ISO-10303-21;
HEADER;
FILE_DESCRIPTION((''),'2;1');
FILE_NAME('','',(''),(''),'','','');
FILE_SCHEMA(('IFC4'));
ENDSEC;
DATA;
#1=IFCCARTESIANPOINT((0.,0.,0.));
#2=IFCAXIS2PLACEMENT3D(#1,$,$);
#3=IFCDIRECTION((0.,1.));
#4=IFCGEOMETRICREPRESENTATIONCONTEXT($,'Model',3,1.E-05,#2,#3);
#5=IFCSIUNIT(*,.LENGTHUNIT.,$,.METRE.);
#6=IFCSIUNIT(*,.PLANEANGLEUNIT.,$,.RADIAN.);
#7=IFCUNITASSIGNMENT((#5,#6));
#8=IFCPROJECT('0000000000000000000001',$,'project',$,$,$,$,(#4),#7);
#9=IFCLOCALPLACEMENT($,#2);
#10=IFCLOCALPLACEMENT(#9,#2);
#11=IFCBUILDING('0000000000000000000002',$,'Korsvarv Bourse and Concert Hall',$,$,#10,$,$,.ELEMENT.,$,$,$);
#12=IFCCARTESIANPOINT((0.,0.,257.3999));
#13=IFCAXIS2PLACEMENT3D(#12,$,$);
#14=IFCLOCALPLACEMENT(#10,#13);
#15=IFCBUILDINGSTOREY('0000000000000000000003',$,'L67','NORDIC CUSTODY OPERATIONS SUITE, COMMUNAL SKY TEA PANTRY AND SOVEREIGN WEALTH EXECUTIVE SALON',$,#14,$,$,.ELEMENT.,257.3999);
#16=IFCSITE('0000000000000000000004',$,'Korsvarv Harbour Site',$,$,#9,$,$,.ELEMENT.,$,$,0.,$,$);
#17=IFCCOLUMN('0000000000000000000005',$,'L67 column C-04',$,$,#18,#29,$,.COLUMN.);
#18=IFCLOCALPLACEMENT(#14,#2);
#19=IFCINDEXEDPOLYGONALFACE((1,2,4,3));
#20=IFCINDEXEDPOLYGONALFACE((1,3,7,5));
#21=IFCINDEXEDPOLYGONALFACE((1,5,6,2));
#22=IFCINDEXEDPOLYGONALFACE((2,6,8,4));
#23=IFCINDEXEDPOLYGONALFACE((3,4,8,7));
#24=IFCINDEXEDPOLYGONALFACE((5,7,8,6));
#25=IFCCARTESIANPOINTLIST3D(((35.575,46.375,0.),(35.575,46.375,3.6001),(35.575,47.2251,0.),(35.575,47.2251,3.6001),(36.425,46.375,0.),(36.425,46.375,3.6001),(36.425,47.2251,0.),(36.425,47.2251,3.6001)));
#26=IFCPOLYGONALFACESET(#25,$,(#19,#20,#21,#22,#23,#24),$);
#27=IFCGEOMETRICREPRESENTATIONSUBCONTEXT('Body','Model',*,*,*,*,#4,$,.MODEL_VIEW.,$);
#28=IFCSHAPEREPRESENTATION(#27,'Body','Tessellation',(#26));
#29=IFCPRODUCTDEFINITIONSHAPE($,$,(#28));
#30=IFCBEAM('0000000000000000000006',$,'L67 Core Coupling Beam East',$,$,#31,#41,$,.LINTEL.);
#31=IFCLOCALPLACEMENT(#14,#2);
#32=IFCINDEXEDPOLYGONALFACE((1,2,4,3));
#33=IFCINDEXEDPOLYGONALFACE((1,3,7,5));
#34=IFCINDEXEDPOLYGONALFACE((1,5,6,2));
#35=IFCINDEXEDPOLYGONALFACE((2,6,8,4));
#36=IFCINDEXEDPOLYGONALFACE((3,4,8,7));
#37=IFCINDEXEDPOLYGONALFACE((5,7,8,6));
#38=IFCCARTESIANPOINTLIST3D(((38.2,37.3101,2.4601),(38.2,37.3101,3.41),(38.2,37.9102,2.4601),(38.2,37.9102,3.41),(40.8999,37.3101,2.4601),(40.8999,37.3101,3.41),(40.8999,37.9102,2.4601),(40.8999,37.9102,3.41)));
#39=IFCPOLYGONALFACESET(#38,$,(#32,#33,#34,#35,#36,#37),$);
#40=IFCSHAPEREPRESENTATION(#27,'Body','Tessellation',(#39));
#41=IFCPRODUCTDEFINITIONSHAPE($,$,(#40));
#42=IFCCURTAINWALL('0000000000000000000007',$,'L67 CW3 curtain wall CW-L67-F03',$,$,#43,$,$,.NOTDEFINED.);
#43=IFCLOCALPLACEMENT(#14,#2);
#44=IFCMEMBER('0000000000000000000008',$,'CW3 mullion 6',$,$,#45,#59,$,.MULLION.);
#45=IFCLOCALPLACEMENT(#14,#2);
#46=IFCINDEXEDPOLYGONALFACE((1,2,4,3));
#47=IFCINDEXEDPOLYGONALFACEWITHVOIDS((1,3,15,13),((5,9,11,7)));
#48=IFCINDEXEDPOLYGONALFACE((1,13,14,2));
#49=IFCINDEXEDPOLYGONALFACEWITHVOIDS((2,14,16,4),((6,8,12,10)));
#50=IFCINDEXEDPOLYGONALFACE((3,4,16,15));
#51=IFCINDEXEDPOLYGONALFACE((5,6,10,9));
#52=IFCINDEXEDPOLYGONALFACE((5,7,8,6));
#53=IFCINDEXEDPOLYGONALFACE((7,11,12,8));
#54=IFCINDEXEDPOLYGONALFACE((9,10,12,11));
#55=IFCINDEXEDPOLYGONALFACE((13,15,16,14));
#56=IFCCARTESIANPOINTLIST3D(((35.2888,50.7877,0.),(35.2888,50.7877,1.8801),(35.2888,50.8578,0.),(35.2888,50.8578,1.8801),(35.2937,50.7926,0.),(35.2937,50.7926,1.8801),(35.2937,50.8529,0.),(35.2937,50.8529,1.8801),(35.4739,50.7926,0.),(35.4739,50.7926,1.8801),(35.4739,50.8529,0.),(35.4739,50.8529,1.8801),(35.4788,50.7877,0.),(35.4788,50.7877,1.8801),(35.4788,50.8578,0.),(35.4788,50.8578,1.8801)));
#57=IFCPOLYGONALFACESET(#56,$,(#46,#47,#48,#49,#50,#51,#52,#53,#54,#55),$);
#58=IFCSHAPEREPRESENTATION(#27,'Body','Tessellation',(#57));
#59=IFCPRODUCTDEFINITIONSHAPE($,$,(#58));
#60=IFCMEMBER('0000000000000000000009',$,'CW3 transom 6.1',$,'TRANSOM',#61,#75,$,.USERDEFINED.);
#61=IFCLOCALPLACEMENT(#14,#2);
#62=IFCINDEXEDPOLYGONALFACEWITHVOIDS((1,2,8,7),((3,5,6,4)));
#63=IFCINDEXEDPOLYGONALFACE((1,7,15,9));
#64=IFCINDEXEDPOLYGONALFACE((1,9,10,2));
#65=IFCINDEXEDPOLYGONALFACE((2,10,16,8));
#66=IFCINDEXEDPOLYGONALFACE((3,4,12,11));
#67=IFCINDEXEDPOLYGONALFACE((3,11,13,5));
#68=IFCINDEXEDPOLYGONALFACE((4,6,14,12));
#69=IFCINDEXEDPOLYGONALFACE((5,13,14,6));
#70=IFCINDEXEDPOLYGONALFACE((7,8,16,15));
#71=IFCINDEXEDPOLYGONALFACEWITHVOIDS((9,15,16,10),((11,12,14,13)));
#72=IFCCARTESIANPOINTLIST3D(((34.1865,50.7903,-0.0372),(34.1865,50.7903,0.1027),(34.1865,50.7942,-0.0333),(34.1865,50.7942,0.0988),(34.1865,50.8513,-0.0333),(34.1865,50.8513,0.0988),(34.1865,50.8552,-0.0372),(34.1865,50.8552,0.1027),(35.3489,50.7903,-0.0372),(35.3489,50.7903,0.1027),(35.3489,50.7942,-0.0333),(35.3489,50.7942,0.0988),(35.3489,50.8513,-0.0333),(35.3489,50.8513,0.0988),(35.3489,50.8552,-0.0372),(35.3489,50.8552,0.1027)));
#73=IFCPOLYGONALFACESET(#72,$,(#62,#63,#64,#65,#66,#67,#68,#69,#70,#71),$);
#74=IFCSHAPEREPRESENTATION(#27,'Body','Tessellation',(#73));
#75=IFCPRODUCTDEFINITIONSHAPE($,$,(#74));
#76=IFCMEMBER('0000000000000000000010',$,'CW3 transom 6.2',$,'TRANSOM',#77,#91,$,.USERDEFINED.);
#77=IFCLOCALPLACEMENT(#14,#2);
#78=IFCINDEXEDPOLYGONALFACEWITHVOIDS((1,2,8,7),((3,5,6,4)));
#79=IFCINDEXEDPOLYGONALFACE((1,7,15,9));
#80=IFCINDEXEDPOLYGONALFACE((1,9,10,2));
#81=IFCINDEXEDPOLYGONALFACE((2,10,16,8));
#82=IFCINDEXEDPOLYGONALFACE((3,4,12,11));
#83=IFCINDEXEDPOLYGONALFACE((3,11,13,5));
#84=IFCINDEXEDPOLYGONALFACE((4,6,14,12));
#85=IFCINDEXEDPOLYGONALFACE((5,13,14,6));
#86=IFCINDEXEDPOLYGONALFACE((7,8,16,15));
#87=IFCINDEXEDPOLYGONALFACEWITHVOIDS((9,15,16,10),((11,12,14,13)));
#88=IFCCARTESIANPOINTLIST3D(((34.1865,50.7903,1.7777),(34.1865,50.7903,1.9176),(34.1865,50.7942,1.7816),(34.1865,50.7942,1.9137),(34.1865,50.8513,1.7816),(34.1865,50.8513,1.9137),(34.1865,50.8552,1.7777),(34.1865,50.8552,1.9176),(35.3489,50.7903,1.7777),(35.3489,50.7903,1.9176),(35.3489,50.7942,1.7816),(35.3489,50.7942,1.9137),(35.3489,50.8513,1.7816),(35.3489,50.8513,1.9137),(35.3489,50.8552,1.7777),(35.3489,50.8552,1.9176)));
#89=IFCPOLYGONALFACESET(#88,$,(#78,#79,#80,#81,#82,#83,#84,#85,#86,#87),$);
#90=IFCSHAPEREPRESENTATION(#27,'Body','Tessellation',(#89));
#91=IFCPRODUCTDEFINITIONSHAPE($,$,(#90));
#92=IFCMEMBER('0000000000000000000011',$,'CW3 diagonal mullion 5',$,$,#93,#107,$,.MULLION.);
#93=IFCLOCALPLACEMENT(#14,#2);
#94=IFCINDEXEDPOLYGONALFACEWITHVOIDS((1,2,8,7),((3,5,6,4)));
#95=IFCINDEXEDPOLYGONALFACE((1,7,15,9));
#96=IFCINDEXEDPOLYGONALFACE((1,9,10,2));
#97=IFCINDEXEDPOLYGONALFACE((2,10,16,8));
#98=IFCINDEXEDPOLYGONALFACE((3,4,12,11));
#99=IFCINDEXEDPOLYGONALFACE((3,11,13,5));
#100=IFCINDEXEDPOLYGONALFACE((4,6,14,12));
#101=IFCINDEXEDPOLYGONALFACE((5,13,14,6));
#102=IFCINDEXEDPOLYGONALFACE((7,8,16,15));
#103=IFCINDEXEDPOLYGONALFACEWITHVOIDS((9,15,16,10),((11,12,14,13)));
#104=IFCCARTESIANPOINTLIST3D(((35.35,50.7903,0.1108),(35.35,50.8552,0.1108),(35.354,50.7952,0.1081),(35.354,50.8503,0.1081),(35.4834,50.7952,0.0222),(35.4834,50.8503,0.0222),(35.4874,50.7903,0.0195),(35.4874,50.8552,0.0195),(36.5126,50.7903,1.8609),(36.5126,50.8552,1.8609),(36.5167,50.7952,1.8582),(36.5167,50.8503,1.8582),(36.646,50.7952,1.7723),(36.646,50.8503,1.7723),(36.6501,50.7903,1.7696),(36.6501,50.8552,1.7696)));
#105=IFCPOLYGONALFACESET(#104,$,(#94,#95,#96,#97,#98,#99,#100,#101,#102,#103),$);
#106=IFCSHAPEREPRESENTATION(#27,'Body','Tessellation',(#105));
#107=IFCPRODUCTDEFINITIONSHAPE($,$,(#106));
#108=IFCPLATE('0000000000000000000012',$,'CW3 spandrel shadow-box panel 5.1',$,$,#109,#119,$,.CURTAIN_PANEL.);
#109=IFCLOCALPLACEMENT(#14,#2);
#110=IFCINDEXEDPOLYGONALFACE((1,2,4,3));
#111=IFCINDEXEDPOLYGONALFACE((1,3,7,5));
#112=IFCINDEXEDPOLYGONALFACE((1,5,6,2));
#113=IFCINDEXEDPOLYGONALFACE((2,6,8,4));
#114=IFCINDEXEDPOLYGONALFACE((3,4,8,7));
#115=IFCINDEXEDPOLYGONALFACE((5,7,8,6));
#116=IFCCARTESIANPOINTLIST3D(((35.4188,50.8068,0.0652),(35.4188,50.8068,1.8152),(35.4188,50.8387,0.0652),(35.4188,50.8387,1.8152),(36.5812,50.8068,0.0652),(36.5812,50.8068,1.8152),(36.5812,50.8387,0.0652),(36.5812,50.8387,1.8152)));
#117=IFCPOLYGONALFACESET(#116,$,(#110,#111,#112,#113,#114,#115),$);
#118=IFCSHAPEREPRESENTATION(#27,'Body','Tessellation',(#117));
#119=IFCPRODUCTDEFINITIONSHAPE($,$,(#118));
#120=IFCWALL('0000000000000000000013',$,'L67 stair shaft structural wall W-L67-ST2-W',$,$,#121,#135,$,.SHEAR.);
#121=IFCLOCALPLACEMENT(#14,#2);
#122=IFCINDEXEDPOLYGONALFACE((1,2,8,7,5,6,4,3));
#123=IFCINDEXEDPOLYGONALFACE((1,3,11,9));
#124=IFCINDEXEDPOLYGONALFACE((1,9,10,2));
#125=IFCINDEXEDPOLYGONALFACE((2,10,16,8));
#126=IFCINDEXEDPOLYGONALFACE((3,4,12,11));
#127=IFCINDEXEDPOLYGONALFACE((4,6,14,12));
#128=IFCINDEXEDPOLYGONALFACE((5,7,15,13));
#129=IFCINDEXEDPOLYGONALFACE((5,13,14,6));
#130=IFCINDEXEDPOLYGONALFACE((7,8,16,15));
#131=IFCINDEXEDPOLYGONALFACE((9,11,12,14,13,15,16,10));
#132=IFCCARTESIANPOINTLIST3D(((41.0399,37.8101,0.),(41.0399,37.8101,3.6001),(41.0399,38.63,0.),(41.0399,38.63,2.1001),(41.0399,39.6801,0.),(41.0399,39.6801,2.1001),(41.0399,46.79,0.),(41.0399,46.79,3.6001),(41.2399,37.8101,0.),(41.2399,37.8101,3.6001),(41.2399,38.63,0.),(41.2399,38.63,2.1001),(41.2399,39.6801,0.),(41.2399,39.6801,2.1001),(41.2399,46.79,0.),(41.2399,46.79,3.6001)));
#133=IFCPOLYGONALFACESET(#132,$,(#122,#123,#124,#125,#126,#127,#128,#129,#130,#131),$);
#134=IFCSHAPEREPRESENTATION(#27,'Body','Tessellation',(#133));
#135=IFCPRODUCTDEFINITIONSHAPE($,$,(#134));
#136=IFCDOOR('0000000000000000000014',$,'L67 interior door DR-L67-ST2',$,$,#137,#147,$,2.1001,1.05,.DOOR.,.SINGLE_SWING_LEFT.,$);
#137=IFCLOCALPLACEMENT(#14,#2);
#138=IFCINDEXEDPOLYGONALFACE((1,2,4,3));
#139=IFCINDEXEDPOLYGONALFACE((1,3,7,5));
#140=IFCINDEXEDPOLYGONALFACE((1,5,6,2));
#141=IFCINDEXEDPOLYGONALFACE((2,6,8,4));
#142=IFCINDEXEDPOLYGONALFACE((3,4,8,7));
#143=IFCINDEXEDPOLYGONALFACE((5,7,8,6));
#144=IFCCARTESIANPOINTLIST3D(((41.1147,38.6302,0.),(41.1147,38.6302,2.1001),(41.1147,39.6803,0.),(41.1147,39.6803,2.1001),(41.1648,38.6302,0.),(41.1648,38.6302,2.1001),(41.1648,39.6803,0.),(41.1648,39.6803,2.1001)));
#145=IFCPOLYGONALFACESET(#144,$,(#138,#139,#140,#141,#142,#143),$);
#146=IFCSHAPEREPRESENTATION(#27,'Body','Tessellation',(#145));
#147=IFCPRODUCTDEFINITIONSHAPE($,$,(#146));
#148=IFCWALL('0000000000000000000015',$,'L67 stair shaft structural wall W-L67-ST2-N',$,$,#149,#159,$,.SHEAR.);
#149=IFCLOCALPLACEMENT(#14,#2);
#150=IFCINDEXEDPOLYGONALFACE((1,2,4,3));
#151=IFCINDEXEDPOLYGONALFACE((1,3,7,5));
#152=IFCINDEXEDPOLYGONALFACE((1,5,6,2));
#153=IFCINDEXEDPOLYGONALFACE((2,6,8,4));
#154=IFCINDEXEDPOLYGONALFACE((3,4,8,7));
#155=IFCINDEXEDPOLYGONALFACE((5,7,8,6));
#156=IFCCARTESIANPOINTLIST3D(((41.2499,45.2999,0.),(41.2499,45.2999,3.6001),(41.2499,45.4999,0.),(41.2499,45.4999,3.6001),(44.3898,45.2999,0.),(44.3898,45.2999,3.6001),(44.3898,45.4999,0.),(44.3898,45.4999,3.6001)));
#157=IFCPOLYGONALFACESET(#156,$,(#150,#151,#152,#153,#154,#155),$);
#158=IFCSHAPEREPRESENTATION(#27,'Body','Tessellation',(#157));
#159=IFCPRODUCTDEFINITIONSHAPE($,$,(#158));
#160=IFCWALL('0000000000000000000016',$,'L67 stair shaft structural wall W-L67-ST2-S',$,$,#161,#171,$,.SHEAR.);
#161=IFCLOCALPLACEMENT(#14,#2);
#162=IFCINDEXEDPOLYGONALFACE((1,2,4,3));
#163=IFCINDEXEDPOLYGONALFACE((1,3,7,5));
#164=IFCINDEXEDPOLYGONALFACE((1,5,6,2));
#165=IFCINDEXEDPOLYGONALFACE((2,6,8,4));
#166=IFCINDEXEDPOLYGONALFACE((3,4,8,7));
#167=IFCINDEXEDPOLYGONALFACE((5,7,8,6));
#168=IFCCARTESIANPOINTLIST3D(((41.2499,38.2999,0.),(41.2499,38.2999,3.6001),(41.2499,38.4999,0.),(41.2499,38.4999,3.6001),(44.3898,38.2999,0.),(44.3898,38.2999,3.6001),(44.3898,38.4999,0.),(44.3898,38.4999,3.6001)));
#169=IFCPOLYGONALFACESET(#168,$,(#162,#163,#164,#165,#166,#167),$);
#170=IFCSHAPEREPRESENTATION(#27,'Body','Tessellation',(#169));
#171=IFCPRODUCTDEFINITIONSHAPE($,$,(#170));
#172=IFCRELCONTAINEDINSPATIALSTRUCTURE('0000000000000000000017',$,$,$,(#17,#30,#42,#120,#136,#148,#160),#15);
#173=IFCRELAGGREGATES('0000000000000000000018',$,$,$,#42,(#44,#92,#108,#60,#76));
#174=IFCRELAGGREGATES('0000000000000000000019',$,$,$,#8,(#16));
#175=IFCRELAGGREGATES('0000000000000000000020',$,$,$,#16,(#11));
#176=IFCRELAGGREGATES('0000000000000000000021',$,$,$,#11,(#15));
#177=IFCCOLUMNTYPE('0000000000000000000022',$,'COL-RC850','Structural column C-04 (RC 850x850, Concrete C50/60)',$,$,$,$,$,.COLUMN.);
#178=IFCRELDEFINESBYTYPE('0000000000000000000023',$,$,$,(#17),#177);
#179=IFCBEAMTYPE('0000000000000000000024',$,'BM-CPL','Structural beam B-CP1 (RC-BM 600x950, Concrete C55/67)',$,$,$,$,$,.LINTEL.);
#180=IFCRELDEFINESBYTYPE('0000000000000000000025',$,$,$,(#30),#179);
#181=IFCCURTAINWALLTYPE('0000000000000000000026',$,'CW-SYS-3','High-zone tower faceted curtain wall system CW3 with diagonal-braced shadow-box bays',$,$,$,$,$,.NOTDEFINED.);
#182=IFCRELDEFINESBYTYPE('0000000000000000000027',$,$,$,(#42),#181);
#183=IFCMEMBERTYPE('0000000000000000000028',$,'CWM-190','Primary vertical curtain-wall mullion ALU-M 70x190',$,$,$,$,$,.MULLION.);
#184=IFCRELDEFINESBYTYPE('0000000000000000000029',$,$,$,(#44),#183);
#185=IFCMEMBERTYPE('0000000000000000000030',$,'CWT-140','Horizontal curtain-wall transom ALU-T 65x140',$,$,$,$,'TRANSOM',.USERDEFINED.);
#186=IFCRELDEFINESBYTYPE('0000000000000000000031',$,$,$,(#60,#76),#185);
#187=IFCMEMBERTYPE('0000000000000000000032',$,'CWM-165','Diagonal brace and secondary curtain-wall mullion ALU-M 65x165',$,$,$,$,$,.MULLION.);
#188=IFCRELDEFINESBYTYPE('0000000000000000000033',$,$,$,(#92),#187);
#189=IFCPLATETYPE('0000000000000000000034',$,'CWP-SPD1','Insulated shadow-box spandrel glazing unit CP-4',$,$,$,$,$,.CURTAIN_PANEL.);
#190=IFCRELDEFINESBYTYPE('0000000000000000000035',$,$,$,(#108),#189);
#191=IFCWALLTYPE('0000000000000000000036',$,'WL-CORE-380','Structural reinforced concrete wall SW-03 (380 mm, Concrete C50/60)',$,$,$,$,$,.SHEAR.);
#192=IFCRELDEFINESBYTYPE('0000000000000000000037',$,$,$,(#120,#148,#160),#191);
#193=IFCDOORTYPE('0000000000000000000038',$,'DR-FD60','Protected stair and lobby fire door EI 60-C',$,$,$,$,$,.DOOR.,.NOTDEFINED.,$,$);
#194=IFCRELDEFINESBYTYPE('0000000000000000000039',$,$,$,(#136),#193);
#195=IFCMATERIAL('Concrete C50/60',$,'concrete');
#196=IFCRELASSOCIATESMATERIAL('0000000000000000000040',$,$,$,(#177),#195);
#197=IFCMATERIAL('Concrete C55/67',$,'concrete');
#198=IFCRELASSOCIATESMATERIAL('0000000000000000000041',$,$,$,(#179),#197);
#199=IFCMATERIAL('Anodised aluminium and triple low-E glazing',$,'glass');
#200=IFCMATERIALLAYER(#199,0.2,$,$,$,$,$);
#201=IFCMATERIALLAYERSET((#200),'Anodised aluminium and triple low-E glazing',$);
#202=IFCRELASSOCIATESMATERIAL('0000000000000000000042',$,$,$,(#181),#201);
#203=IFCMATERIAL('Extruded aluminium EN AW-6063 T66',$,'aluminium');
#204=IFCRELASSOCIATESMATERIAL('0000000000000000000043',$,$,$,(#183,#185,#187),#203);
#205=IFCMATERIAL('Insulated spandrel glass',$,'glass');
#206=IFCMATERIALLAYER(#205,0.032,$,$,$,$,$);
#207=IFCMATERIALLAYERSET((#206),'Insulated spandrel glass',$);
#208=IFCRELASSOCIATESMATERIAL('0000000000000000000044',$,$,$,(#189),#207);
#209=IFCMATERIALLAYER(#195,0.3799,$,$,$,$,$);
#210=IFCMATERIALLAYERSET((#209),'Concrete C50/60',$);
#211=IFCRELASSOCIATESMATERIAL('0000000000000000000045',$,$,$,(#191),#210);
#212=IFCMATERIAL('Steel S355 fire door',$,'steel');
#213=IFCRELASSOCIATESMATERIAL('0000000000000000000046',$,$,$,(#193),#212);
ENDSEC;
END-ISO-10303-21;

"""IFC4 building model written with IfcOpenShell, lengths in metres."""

from ifc_helpers import new_model, si_unit, direction, frame, frame_2d, origin, origin_2d, place, context, subcontext, project, spatial, rectangle, hollow_rectangle, extrude, source, transform, mapped, material, layer, layer_set, material_profile, profile_set, type_object, element, fill, aggregate, save


model = new_model("IFC4")

# Units and contexts
model_context = context("Model", 3, precision=1e-05, world=origin(), true_north=direction((0.0, 1.0)))
body_context = subcontext(model_context, "Body", "Model", "MODEL_VIEW")
ifc_project = project(units=[si_unit("LENGTHUNIT", "METRE"), si_unit("PLANEANGLEUNIT", "RADIAN")], contexts=[model_context])

# Site, building, storey
site_placement = place(None, origin())
site = spatial("IfcSite", under=ifc_project, at=site_placement, Name="Korsvarv Harbour Site", CompositionType="ELEMENT", RefElevation=0.0)
building_placement = place(site_placement, origin())
building = spatial("IfcBuilding", under=site, at=building_placement, Name="Korsvarv Bourse and Concert Hall", CompositionType="ELEMENT")
storey_placement = place(building_placement, frame((0.0, 0.0, 257.3999)))
storey = spatial("IfcBuildingStorey", under=building, at=storey_placement, Name="L67", Description="NORDIC CUSTODY OPERATIONS SUITE, COMMUNAL SKY TEA PANTRY AND SOVEREIGN WEALTH EXECUTIVE SALON", CompositionType="ELEMENT", Elevation=257.3999)

# Column
ifc_material_1 = material(Name="Concrete C50/60", Category="concrete")
ifc_material_profile_1 = material_profile(ifc_material_1, rectangle(XDim=0.8501, YDim=0.8501, at=origin_2d()), Name="RC 850x850")
ifc_profile_set_1 = profile_set([ifc_material_profile_1], Name="Concrete C50/60")
column_type = type_object("IfcColumnType", Name="COL-RC850", Description="Structural column C-04 (RC 850x850, Concrete C50/60)", PredefinedType="COLUMN", material=ifc_profile_set_1)
shared_shape_1 = source(origin(), body_context, "Body", "SweptSolid", [
    extrude(rectangle(XDim=0.8501, YDim=0.8501, at=origin_2d()), origin(), (0.0, 0.0, 1.0), 3.6001),
])
column_placement = place(storey_placement, frame((36.0, 46.8, 0.0), z_axis=(0.0, 0.0, 1.0), x_axis=(1.0, 0.0, 0.0)))
element("IfcColumn", 1, at=column_placement, inside=storey, type_object=column_type, Name="L67 column C-04", PredefinedType="COLUMN", context=body_context, shape_type="MappedRepresentation", body=[
    mapped(shared_shape_1, transform((0.0, 0.0, 0.0), scale=1.0)),
])

# Beam
ifc_material_2 = material(Name="Concrete C55/67", Category="concrete")
ifc_material_profile_2 = material_profile(ifc_material_2, rectangle(XDim=0.6001, YDim=0.95, at=origin_2d()), Name="RC-BM 600x950")
ifc_profile_set_2 = profile_set([ifc_material_profile_2], Name="Concrete C55/67")
beam_type = type_object("IfcBeamType", Name="BM-CPL", Description="Structural beam B-CP1 (RC-BM 600x950, Concrete C55/67)", PredefinedType="LINTEL", material=ifc_profile_set_2)
shared_shape_2 = source(origin(), body_context, "Body", "SweptSolid", [
    extrude(rectangle(XDim=0.6001, YDim=0.95, at=origin_2d()), origin(), (0.0, 0.0, 1.0), 2.7),
])
beam_placement = place(storey_placement, frame((38.2, 37.6101, 2.9351), z_axis=(1.0, 0.0, 0.0), x_axis=(0.0, 1.0, 0.0)))
element("IfcBeam", 2, at=beam_placement, inside=storey, type_object=beam_type, Name="L67 Core Coupling Beam East", PredefinedType="LINTEL", context=body_context, shape_type="MappedRepresentation", body=[
    mapped(shared_shape_2, transform((0.0, 0.0, 0.0), scale=1.0)),
])

# Curtain wall, members, plate
ifc_material_3 = material(Name="Anodised aluminium and triple low-E glazing", Category="glass")
ifc_layer_1 = layer(ifc_material_3, 0.2)
ifc_layer_set_1 = layer_set([ifc_layer_1], Name="Anodised aluminium and triple low-E glazing")
curtain_wall_type = type_object("IfcCurtainWallType", Name="CW-SYS-3", Description="High-zone tower faceted curtain wall system CW3 with diagonal-braced shadow-box bays", PredefinedType="NOTDEFINED", material=ifc_layer_set_1)
curtain_wall_placement = place(storey_placement, origin())
curtain_wall = element("IfcCurtainWall", 3, at=curtain_wall_placement, inside=storey, type_object=curtain_wall_type, Name="L67 CW3 curtain wall CW-L67-F03", PredefinedType="NOTDEFINED")
ifc_material_4 = material(Name="Extruded aluminium EN AW-6063 T66", Category="aluminium")
ifc_material_profile_3 = material_profile(ifc_material_4, hollow_rectangle(XDim=0.0701, YDim=0.1899, WallThickness=0.0049, at=origin_2d()), Name="ALU-M 70x190")
ifc_profile_set_3 = profile_set([ifc_material_profile_3], Name="Extruded aluminium EN AW-6063 T66")
member_type_1 = type_object("IfcMemberType", Name="CWM-190", Description="Primary vertical curtain-wall mullion ALU-M 70x190", PredefinedType="MULLION", material=ifc_profile_set_3)
shared_shape_3 = source(origin(), body_context, "Body", "SweptSolid", [
    extrude(hollow_rectangle(XDim=0.0701, YDim=0.1899, WallThickness=0.0049, at=origin_2d()), origin(), (0.0, 0.0, 1.0), 1.8801),
])
member_1_placement = place(storey_placement, frame((35.3838, 50.8228, 0.0), z_axis=(0.0, 0.0, 1.0), x_axis=(0.0, -1.0, 0.0)))
member_1 = element("IfcMember", 4, at=member_1_placement, type_object=member_type_1, Name="CW3 mullion 6", PredefinedType="MULLION", context=body_context, shape_type="MappedRepresentation", body=[
    mapped(shared_shape_3, transform((0.0, 0.0, 0.0), scale=1.0)),
])
ifc_material_profile_4 = material_profile(ifc_material_4, hollow_rectangle(XDim=0.0649, YDim=0.1399, WallThickness=0.0039, at=origin_2d()), Name="ALU-T 65x140")
ifc_profile_set_4 = profile_set([ifc_material_profile_4], Name="Extruded aluminium EN AW-6063 T66")
member_type_2 = type_object("IfcMemberType", Name="CWT-140", Description="Horizontal curtain-wall transom ALU-T 65x140", ElementType="TRANSOM", PredefinedType="USERDEFINED", material=ifc_profile_set_4)
shared_shape_4 = source(origin(), body_context, "Body", "SweptSolid", [
    extrude(hollow_rectangle(XDim=0.0649, YDim=0.1399, WallThickness=0.0039, at=origin_2d()), origin(), (0.0, 0.0, 1.0), 1.1624),
])
member_2_placement = place(storey_placement, frame((35.3489, 50.8228, 0.0327), z_axis=(-1.0, 0.0, 0.0), x_axis=(0.0, -1.0, 0.0)))
member_2 = element("IfcMember", 5, at=member_2_placement, type_object=member_type_2, Name="CW3 transom 6.1", ObjectType="TRANSOM", PredefinedType="USERDEFINED", context=body_context, shape_type="MappedRepresentation", body=[
    mapped(shared_shape_4, transform((0.0, 0.0, 0.0), scale=1.0)),
])
member_3_placement = place(storey_placement, frame((35.3489, 50.8228, 1.8477), z_axis=(-1.0, 0.0, 0.0), x_axis=(0.0, -1.0, 0.0)))
member_3 = element("IfcMember", 6, at=member_3_placement, type_object=member_type_2, Name="CW3 transom 6.2", ObjectType="TRANSOM", PredefinedType="USERDEFINED", context=body_context, shape_type="MappedRepresentation", body=[
    mapped(shared_shape_4, transform((0.0, 0.0, 0.0), scale=1.0)),
])
ifc_material_profile_5 = material_profile(ifc_material_4, hollow_rectangle(XDim=0.0649, YDim=0.165, WallThickness=0.0049, at=origin_2d()), Name="ALU-M 65x165")
ifc_profile_set_5 = profile_set([ifc_material_profile_5], Name="Extruded aluminium EN AW-6063 T66")
member_type_3 = type_object("IfcMemberType", Name="CWM-165", Description="Diagonal brace and secondary curtain-wall mullion ALU-M 65x165", PredefinedType="MULLION", material=ifc_profile_set_5)
shared_shape_5 = source(origin(), body_context, "Body", "SweptSolid", [
    extrude(hollow_rectangle(XDim=0.0649, YDim=0.165, WallThickness=0.0049, at=origin_2d()), origin(), (0.0, 0.0, 1.0), 2.1011),
])
member_4_placement = place(storey_placement, frame((35.4187, 50.8228, 0.0652), z_axis=(0.553359, 0.0, 0.832943), x_axis=(0.0, 1.0, 0.0)))
member_4 = element("IfcMember", 7, at=member_4_placement, type_object=member_type_3, Name="CW3 diagonal mullion 5", PredefinedType="MULLION", context=body_context, shape_type="MappedRepresentation", body=[
    mapped(shared_shape_5, transform((0.0, 0.0, 0.0), scale=1.0)),
])
ifc_material_5 = material(Name="Insulated spandrel glass", Category="glass")
ifc_layer_2 = layer(ifc_material_5, 0.032)
ifc_layer_set_2 = layer_set([ifc_layer_2], Name="Insulated spandrel glass")
plate_type = type_object("IfcPlateType", Name="CWP-SPD1", Description="Insulated shadow-box spandrel glazing unit CP-4", PredefinedType="CURTAIN_PANEL", material=ifc_layer_set_2)
shared_shape_6 = source(origin(), body_context, "Body", "SweptSolid", [
    extrude(rectangle(XDim=1.1624, YDim=0.032, at=origin_2d()), origin(), (0.0, 0.0, 1.0), 1.75),
])
plate_placement = place(storey_placement, frame((36.0, 50.8228, 0.0652), z_axis=(0.0, 0.0, 1.0), x_axis=(-1.0, 0.0, 0.0)))
plate = element("IfcPlate", 8, at=plate_placement, type_object=plate_type, Name="CW3 spandrel shadow-box panel 5.1", PredefinedType="CURTAIN_PANEL", context=body_context, shape_type="MappedRepresentation", body=[
    mapped(shared_shape_6, transform((0.0, 0.0, 0.0), scale=1.0)),
])
aggregate(curtain_wall, [member_1, member_4, plate, member_2, member_3])

# Wall, opening, door
ifc_layer_3 = layer(ifc_material_1, 0.3799)
ifc_layer_set_3 = layer_set([ifc_layer_3], Name="Concrete C50/60")
wall_type_1 = type_object("IfcWallType", Name="WL-CORE-380", Description="Structural reinforced concrete wall SW-03 (380 mm, Concrete C50/60)", PredefinedType="SHEAR", material=ifc_layer_set_3)
wall_1_placement = place(storey_placement, frame((41.1399, 37.8101, 0.0), z_axis=(0.0, 0.0, 1.0), x_axis=(0.0, 1.0, 0.0)))
wall_1 = element("IfcWall", 9, at=wall_1_placement, inside=storey, type_object=wall_type_1, Name="L67 stair shaft structural wall W-L67-ST2-W", PredefinedType="SHEAR", context=body_context, shape_type="SweptSolid", body=[
    extrude(rectangle(XDim=8.98, YDim=0.2, at=frame_2d((4.49, 0.0))), origin(), (0.0, 0.0, 1.0), 3.6001),
])
opening_1_placement = place(wall_1_placement, frame((0.8201, 0.0, 0.0)))
opening_1 = element("IfcOpeningElement", 10, at=opening_1_placement, cuts=wall_1, PredefinedType="OPENING", context=body_context, shape_type="SweptSolid", body=[
    extrude(rectangle(XDim=1.05, YDim=2.1001, at=frame_2d((0.5249, 1.05))), frame((0.0, 0.1099, 0.0), z_axis=(0.0, -1.0, 0.0), x_axis=(1.0, 0.0, 0.0)), (0.0, 0.0, 1.0), 0.22),
])
ifc_material_6 = material(Name="Steel S355 fire door", Category="steel")
door_type_1 = type_object("IfcDoorType", Name="DR-FD60", Description="Protected stair and lobby fire door EI 60-C", OperationType="NOTDEFINED", PredefinedType="DOOR", material=ifc_material_6)
door_1_placement = place(opening_1_placement, frame((1.05, 0.0, 0.0), z_axis=(0.0, 0.0, 1.0), x_axis=(-1.0, 0.0, 0.0)))
door_1 = element("IfcDoor", 11, at=door_1_placement, inside=storey, type_object=door_type_1, Name="L67 interior door DR-L67-ST2", OperationType="SINGLE_SWING_LEFT", OverallHeight=2.1001, OverallWidth=1.05, PredefinedType="DOOR", context=body_context, shape_type="SweptSolid", body=[
    extrude(rectangle(XDim=1.05, YDim=2.1001, at=frame_2d((0.5249, 1.05))), frame((0.0, 0.0249, 0.0), z_axis=(0.0, -1.0, 0.0), x_axis=(1.0, 0.0, 0.0)), (0.0, 0.0, 1.0), 0.05),
])
fill(opening_1, door_1)

# Walls
for number, where, z_axis, x_axis, name in (
    (12, (41.25, 45.3999, 0.0), (0.0, 0.0, 1.0), (1.0, 0.0, 0.0), "L67 stair shaft structural wall W-L67-ST2-N"),
    (13, (41.25, 38.3999, 0.0), (0.0, 0.0, 1.0), (1.0, 0.0, 0.0), "L67 stair shaft structural wall W-L67-ST2-S"),
):
    element("IfcWall", number, at=place(storey_placement, frame(where, z_axis=z_axis, x_axis=x_axis)), inside=storey, type_object=wall_type_1, Name=name, PredefinedType="SHEAR", context=body_context, shape_type="SweptSolid", body=[
        extrude(rectangle(XDim=3.1399, YDim=0.2, at=frame_2d((1.5698, 0.0))), origin(), (0.0, 0.0, 1.0), 3.6001),
    ])

save(model, "model.ifc")
